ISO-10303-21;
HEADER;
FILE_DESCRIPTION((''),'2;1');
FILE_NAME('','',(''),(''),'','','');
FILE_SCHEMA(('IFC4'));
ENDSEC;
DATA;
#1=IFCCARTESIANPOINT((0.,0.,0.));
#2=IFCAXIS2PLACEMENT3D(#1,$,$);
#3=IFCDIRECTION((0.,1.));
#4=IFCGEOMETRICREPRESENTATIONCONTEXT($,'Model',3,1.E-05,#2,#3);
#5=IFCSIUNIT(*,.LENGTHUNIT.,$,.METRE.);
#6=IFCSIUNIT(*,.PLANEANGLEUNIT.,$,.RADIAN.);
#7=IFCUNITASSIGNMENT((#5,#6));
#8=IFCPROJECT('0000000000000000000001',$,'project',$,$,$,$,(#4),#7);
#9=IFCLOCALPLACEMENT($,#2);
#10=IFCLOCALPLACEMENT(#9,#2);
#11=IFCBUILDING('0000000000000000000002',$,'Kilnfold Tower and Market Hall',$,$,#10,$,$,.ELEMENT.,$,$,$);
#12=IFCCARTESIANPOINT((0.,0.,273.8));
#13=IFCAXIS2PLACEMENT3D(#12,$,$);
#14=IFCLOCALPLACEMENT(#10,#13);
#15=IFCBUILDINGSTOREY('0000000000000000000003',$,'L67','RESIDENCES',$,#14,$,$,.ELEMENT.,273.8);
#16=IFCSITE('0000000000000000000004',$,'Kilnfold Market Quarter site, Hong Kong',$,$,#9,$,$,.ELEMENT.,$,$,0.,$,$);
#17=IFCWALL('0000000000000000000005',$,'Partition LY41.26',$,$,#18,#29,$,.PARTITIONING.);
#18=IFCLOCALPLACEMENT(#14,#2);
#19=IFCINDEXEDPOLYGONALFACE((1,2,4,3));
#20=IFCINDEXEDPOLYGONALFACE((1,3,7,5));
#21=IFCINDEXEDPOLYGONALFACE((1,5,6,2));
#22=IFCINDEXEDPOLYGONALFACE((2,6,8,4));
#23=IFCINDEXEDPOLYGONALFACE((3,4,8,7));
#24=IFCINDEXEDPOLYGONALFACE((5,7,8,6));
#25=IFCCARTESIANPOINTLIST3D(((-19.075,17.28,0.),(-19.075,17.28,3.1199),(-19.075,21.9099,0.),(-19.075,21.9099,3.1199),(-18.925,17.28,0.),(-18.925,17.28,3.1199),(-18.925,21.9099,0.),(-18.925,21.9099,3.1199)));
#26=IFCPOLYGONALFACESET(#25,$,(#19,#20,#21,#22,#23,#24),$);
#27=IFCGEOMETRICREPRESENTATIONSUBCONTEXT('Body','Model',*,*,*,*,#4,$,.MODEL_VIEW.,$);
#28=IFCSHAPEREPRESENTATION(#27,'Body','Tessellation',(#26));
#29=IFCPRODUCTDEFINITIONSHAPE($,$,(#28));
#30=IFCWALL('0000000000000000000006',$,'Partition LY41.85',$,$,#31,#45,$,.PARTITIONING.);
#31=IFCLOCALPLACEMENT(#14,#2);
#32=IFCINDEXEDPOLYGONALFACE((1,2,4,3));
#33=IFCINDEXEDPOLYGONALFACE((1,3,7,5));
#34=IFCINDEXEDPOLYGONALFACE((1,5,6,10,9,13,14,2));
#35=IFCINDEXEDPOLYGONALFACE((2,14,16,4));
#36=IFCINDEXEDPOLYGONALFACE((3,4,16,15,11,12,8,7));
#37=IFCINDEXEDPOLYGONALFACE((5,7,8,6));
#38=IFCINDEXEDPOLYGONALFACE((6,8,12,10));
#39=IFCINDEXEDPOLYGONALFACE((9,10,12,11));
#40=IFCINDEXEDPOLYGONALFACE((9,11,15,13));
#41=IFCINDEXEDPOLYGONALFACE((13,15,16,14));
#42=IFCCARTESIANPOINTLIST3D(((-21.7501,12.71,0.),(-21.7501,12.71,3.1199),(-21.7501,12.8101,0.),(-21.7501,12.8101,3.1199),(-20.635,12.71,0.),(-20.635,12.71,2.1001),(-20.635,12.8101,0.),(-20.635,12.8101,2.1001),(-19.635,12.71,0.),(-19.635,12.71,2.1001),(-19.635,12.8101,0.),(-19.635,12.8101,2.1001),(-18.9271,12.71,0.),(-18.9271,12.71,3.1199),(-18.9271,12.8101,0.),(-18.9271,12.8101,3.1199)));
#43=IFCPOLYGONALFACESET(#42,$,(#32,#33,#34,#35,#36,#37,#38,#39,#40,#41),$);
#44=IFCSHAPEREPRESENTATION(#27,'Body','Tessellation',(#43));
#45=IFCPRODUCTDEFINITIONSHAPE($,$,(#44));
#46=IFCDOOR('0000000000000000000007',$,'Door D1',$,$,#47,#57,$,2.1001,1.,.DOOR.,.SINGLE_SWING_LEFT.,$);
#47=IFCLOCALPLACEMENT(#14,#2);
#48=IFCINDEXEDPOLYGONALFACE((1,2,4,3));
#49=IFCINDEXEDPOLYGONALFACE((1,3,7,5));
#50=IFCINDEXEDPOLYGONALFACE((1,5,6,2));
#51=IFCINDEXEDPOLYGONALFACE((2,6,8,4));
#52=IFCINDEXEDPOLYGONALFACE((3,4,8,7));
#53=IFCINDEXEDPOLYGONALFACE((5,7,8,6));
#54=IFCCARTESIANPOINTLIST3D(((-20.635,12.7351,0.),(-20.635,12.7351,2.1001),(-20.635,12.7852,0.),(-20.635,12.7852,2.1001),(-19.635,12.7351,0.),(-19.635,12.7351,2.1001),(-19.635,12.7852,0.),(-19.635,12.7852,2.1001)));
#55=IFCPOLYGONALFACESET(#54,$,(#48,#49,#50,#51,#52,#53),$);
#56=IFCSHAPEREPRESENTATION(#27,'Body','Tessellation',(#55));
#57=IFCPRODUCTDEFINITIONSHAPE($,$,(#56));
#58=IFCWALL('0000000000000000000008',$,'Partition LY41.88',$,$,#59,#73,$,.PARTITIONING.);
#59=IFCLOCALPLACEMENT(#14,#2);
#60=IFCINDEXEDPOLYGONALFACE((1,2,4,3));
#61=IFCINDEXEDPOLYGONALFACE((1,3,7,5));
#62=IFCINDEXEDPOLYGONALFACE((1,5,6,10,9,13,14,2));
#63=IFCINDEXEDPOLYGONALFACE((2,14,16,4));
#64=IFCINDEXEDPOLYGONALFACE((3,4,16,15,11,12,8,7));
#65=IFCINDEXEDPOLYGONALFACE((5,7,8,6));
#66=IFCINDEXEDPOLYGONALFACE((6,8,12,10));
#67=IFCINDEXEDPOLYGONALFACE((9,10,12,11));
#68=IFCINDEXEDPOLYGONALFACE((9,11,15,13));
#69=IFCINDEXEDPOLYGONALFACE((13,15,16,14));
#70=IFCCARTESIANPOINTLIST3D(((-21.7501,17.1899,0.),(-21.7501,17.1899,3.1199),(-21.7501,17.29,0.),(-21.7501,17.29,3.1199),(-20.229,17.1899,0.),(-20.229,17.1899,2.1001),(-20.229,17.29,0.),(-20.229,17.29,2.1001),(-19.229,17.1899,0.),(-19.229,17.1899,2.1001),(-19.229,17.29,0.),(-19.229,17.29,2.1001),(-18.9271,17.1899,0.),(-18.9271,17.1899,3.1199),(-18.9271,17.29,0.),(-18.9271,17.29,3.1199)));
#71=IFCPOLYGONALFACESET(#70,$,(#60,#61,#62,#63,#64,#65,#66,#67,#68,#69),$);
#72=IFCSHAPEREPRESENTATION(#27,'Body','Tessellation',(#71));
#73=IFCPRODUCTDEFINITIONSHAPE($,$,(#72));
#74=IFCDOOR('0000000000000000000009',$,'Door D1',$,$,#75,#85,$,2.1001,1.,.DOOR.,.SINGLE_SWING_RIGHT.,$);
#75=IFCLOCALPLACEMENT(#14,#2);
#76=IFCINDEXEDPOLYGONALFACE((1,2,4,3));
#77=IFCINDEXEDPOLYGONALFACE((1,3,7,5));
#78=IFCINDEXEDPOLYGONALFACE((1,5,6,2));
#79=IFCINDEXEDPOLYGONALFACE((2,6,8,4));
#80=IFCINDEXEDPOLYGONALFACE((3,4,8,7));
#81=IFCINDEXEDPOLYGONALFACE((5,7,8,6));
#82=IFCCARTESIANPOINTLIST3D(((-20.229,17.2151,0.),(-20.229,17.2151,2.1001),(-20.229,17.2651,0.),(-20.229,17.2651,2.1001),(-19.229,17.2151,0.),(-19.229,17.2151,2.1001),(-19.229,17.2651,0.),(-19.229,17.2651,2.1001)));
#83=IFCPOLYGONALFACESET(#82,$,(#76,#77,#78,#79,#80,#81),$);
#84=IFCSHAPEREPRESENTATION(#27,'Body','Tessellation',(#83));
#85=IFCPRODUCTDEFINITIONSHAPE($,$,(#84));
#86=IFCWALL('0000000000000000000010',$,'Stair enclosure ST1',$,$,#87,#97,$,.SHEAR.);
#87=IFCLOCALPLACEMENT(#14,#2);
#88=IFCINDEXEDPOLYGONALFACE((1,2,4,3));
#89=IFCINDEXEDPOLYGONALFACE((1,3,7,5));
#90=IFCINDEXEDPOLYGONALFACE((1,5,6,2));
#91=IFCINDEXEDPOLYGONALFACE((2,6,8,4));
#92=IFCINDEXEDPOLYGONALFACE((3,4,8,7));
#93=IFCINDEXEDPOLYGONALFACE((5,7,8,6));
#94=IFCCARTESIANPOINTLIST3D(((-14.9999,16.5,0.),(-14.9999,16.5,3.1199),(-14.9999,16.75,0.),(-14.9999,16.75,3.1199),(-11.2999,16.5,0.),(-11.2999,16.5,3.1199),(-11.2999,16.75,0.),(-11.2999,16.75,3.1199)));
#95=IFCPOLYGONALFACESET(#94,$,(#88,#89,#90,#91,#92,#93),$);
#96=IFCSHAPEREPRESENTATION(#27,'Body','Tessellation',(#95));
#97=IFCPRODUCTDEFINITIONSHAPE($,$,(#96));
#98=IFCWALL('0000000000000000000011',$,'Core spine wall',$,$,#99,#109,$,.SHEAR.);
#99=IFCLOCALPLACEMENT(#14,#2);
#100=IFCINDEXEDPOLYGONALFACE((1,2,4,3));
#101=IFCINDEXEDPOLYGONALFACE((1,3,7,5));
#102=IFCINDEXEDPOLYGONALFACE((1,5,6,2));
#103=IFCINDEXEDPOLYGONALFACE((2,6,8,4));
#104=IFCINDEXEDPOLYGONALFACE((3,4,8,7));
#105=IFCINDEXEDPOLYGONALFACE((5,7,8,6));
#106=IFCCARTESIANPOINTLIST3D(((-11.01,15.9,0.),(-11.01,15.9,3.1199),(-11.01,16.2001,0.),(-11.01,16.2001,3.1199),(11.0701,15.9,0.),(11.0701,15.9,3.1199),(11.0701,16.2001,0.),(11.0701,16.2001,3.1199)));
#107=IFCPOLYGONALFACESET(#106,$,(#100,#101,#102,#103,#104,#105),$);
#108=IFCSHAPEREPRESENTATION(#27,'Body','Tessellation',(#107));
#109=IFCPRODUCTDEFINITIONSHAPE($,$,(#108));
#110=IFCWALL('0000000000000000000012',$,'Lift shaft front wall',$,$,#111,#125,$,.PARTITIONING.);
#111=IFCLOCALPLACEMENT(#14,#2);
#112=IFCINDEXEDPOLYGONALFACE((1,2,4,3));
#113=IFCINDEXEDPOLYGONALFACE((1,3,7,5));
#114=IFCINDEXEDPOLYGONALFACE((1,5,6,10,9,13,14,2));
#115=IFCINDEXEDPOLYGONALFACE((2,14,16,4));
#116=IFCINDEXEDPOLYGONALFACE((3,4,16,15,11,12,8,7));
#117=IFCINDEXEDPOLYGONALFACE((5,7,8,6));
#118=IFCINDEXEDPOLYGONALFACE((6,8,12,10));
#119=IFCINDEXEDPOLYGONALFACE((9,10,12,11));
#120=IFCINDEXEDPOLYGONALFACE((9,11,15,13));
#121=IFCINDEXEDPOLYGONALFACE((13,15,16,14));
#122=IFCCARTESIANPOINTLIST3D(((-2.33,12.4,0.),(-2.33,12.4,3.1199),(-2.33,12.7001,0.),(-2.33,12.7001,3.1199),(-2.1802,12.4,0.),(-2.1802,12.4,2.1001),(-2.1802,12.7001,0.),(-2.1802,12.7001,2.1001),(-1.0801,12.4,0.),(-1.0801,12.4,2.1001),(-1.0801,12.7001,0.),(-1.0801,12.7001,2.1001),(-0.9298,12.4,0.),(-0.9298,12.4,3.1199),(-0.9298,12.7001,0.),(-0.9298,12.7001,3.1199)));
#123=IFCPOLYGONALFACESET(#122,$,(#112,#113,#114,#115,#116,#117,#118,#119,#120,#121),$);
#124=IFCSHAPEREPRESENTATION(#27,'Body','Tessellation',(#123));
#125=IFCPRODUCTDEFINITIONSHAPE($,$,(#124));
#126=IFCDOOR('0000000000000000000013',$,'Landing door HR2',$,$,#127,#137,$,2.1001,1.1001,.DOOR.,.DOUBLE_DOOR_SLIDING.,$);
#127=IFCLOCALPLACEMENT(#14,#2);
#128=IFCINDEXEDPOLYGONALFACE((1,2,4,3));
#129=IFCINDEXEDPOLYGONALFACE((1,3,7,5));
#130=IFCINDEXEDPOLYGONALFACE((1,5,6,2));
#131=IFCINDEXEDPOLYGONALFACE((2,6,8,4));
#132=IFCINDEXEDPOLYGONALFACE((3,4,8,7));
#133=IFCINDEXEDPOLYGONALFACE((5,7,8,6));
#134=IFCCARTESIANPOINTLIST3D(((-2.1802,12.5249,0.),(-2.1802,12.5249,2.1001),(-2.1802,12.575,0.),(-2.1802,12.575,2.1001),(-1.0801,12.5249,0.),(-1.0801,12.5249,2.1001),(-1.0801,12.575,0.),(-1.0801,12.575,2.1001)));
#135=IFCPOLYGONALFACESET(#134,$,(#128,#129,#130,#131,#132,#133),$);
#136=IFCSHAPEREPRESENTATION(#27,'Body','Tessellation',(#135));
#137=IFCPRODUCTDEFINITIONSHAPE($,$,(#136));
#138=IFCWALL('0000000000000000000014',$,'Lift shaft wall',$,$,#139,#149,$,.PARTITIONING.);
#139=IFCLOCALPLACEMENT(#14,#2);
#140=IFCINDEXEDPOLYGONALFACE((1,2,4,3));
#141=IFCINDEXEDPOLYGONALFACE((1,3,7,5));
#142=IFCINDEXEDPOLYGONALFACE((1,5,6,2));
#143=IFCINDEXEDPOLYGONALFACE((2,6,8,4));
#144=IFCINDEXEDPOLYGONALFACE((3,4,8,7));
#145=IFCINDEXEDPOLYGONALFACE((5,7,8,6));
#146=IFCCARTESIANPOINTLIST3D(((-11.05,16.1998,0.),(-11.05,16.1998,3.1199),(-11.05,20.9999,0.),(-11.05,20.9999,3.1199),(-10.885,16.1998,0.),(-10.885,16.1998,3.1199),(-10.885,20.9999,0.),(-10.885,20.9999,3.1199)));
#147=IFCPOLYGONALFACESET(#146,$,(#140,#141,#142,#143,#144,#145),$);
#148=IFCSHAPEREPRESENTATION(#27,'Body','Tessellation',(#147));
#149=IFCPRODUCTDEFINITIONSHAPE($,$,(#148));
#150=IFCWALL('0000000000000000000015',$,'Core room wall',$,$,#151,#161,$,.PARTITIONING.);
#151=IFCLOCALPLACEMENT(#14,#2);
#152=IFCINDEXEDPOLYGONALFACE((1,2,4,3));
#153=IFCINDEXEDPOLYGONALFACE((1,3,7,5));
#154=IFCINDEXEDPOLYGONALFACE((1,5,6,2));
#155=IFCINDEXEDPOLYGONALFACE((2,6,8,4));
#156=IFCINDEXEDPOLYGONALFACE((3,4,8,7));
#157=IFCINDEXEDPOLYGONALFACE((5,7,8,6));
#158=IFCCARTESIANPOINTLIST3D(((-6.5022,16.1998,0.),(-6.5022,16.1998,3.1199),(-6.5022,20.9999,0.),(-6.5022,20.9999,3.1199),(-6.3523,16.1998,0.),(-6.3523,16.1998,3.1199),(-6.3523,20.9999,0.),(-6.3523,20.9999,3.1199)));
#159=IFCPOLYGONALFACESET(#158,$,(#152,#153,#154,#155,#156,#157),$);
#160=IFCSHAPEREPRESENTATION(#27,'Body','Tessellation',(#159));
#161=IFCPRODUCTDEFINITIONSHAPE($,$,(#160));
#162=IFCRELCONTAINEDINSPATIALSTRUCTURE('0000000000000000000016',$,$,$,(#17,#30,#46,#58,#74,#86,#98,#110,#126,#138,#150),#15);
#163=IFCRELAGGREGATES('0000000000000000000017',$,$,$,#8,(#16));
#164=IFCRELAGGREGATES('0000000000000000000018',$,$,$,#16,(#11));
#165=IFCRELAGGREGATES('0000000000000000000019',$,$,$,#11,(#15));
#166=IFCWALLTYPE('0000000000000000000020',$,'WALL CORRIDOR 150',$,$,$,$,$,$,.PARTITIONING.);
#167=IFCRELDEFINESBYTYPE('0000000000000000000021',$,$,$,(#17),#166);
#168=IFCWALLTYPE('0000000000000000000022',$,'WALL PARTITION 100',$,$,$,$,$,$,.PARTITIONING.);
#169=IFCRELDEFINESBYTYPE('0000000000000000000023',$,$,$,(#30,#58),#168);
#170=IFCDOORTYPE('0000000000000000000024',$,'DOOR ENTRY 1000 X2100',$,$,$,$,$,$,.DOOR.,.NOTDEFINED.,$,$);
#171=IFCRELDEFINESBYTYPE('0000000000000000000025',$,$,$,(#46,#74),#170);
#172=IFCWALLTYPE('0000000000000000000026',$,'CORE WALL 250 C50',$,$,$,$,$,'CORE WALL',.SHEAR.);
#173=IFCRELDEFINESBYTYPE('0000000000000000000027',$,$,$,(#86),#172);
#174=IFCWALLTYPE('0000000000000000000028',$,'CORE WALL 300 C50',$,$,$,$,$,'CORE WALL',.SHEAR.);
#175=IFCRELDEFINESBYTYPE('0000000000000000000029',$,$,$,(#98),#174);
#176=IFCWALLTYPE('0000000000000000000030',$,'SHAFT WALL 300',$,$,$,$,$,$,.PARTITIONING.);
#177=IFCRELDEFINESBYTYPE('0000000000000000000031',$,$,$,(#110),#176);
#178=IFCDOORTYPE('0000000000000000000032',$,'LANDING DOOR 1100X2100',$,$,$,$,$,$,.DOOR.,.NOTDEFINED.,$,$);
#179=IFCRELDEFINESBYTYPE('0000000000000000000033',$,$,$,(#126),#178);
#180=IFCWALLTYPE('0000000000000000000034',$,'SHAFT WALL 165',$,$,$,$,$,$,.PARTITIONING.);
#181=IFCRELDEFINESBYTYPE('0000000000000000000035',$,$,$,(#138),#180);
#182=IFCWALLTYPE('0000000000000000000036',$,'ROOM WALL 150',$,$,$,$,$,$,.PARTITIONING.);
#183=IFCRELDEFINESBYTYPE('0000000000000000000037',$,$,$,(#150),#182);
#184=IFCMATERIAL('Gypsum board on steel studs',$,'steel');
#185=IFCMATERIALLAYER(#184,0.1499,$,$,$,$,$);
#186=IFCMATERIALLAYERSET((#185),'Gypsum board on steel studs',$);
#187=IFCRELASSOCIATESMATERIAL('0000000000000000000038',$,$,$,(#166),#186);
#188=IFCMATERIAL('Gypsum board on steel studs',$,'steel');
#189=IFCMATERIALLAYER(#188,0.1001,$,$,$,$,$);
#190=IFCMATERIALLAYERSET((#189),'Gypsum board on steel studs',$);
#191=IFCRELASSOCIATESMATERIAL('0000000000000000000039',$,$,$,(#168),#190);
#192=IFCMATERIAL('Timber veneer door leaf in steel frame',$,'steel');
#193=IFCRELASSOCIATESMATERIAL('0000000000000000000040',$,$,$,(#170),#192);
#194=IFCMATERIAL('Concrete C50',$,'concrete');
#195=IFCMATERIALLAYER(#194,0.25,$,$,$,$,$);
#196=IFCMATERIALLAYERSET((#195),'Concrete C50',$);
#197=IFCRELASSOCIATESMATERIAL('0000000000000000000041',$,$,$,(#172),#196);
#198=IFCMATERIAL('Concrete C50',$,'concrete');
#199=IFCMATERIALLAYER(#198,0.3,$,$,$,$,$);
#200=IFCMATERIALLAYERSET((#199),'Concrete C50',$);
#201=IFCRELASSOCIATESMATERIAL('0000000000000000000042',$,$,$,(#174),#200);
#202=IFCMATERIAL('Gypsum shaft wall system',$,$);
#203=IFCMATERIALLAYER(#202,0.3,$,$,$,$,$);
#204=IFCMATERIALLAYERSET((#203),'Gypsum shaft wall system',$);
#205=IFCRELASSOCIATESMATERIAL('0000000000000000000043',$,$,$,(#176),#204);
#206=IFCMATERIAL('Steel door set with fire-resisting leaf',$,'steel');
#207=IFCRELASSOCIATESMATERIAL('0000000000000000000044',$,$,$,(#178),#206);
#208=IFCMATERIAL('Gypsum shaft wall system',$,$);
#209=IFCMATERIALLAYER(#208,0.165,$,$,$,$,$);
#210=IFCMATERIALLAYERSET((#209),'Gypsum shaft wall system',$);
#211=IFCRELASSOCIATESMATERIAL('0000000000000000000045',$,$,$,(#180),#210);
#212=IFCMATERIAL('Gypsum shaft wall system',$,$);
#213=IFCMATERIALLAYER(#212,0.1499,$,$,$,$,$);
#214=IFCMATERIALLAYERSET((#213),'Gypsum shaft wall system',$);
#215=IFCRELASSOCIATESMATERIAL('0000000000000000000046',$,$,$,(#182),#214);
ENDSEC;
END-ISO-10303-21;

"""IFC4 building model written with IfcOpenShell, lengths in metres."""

from ifc_helpers import new_model, si_unit, direction, frame, frame_2d, origin, place, context, subcontext, project, spatial, rectangle, extrude, source, transform, mapped, material, layer, layer_set, type_object, element, fill, save


model = new_model("IFC4")

# Units and contexts
model_context = context("Model", 3, precision=1e-05, world=origin(), true_north=direction((0.0, 1.0)))
body_context = subcontext(model_context, "Body", "Model", "MODEL_VIEW")
ifc_project = project(units=[si_unit("LENGTHUNIT", "METRE"), si_unit("PLANEANGLEUNIT", "RADIAN")], contexts=[model_context])

# Site, building, storey
site_placement = place(None, origin())
site = spatial("IfcSite", under=ifc_project, at=site_placement, Name="Kilnfold Market Quarter site, Hong Kong", CompositionType="ELEMENT", RefElevation=0.0)
building_placement = place(site_placement, origin())
building = spatial("IfcBuilding", under=site, at=building_placement, Name="Kilnfold Tower and Market Hall", CompositionType="ELEMENT")
storey_placement = place(building_placement, frame((0.0, 0.0, 273.8)))
storey = spatial("IfcBuildingStorey", under=building, at=storey_placement, Name="L67", Description="RESIDENCES", CompositionType="ELEMENT", Elevation=273.8)

# Wall
ifc_material_1 = material(Name="Gypsum board on steel studs", Category="steel")
ifc_layer_1 = layer(ifc_material_1, 0.1499)
ifc_layer_set_1 = layer_set([ifc_layer_1], Name="Gypsum board on steel studs")
wall_type_1 = type_object("IfcWallType", Name="WALL CORRIDOR 150", PredefinedType="PARTITIONING", material=ifc_layer_set_1)
wall_1_placement = place(storey_placement, frame((-19.0, 17.28, 0.0), z_axis=(0.0, 0.0, 1.0), x_axis=(0.0, 1.0, 0.0)))
element("IfcWall", 1, at=wall_1_placement, inside=storey, type_object=wall_type_1, Name="Partition LY41.26", PredefinedType="PARTITIONING", context=body_context, shape_type="SweptSolid", body=[
    extrude(rectangle(XDim=4.6299, YDim=0.1499, at=frame_2d((2.3149, 0.0))), origin(), (0.0, 0.0, 1.0), 3.1199),
])

# Walls, openings, doors
ifc_material_2 = material(Name="Gypsum board on steel studs", Category="steel")
ifc_layer_2 = layer(ifc_material_2, 0.1001)
ifc_layer_set_2 = layer_set([ifc_layer_2], Name="Gypsum board on steel studs")
wall_type_2 = type_object("IfcWallType", Name="WALL PARTITION 100", PredefinedType="PARTITIONING", material=ifc_layer_set_2)
wall_2_placement = place(storey_placement, frame((-18.927, 12.76, 0.0), z_axis=(0.0, 0.0, 1.0), x_axis=(-1.0, 0.0, 0.0)))
wall_2 = element("IfcWall", 2, at=wall_2_placement, inside=storey, type_object=wall_type_2, Name="Partition LY41.85", PredefinedType="PARTITIONING", context=body_context, shape_type="SweptSolid", body=[
    extrude(rectangle(XDim=2.823, YDim=0.1001, at=frame_2d((1.4116, 0.0))), origin(), (0.0, 0.0, 1.0), 3.1199),
])
opening_1_placement = place(wall_2_placement, frame((0.708, 0.0, 0.0)))
opening_1 = element("IfcOpeningElement", 3, at=opening_1_placement, cuts=wall_2, PredefinedType="OPENING", context=body_context, shape_type="SweptSolid", body=[
    extrude(rectangle(XDim=1.0, YDim=2.1001, at=frame_2d((0.5, 1.05))), frame((0.0, 0.0601, 0.0), z_axis=(0.0, -1.0, 0.0), x_axis=(1.0, 0.0, 0.0)), (0.0, 0.0, 1.0), 0.1201),
])
ifc_material_3 = material(Name="Timber veneer door leaf in steel frame", Category="steel")
door_type_1 = type_object("IfcDoorType", Name="DOOR ENTRY 1000 X2100", OperationType="NOTDEFINED", PredefinedType="DOOR", material=ifc_material_3)
door_1_placement = place(opening_1_placement, origin())
door_1 = element("IfcDoor", 4, at=door_1_placement, inside=storey, type_object=door_type_1, Name="Door D1", OperationType="SINGLE_SWING_LEFT", OverallHeight=2.1001, OverallWidth=1.0, PredefinedType="DOOR", context=body_context, shape_type="SweptSolid", body=[
    extrude(rectangle(XDim=1.0, YDim=2.1001, at=frame_2d((0.5, 1.05))), frame((0.0, 0.0249, 0.0), z_axis=(0.0, -1.0, 0.0), x_axis=(1.0, 0.0, 0.0)), (0.0, 0.0, 1.0), 0.05),
])
fill(opening_1, door_1)
wall_3_placement = place(storey_placement, frame((-18.927, 17.24, 0.0), z_axis=(0.0, 0.0, 1.0), x_axis=(-1.0, 0.0, 0.0)))
wall_3 = element("IfcWall", 5, at=wall_3_placement, inside=storey, type_object=wall_type_2, Name="Partition LY41.88", PredefinedType="PARTITIONING", context=body_context, shape_type="SweptSolid", body=[
    extrude(rectangle(XDim=2.823, YDim=0.1001, at=frame_2d((1.4116, 0.0))), origin(), (0.0, 0.0, 1.0), 3.1199),
])
opening_2_placement = place(wall_3_placement, frame((0.302, 0.0, 0.0)))
opening_2 = element("IfcOpeningElement", 6, at=opening_2_placement, cuts=wall_3, PredefinedType="OPENING", context=body_context, shape_type="SweptSolid", body=[
    extrude(rectangle(XDim=1.0, YDim=2.1001, at=frame_2d((0.5, 1.05))), frame((0.0, 0.0601, 0.0), z_axis=(0.0, -1.0, 0.0), x_axis=(1.0, 0.0, 0.0)), (0.0, 0.0, 1.0), 0.1201),
])
door_2_placement = place(opening_2_placement, origin())
door_2 = element("IfcDoor", 7, at=door_2_placement, inside=storey, type_object=door_type_1, Name="Door D1", OperationType="SINGLE_SWING_RIGHT", OverallHeight=2.1001, OverallWidth=1.0, PredefinedType="DOOR", context=body_context, shape_type="SweptSolid", body=[
    extrude(rectangle(XDim=1.0, YDim=2.1001, at=frame_2d((0.5, 1.05))), frame((0.0, 0.0249, 0.0), z_axis=(0.0, -1.0, 0.0), x_axis=(1.0, 0.0, 0.0)), (0.0, 0.0, 1.0), 0.05),
])
fill(opening_2, door_2)

# Walls
ifc_material_4 = material(Name="Concrete C50", Category="concrete")
ifc_layer_3 = layer(ifc_material_4, 0.25)
ifc_layer_set_3 = layer_set([ifc_layer_3], Name="Concrete C50")
wall_type_3 = type_object("IfcWallType", Name="CORE WALL 250 C50", ElementType="CORE WALL", PredefinedType="SHEAR", material=ifc_layer_set_3)
shared_shape_1 = source(origin(), body_context, "Body", "SweptSolid", [
    extrude(rectangle(XDim=3.7, YDim=0.25, at=frame_2d((1.8501, 0.0))), origin(), (0.0, 0.0, 1.0), 3.1199),
])
wall_4_placement = place(storey_placement, frame((-15.0, 16.625, 0.0), z_axis=(0.0, 0.0, 1.0), x_axis=(1.0, 0.0, 0.0)))
element("IfcWall", 8, at=wall_4_placement, inside=storey, type_object=wall_type_3, Name="Stair enclosure ST1", PredefinedType="SHEAR", context=body_context, shape_type="MappedRepresentation", body=[
    mapped(shared_shape_1, transform((0.0, 0.0, 0.0))),
])
ifc_material_5 = material(Name="Concrete C50", Category="concrete")
ifc_layer_4 = layer(ifc_material_5, 0.3)
ifc_layer_set_4 = layer_set([ifc_layer_4], Name="Concrete C50")
wall_type_4 = type_object("IfcWallType", Name="CORE WALL 300 C50", ElementType="CORE WALL", PredefinedType="SHEAR", material=ifc_layer_set_4)
shared_shape_2 = source(origin(), body_context, "Body", "SweptSolid", [
    extrude(rectangle(XDim=22.0801, YDim=0.3, at=frame_2d((11.04, 0.0))), origin(), (0.0, 0.0, 1.0), 3.1199),
])
wall_5_placement = place(storey_placement, frame((-11.01, 16.05, 0.0), z_axis=(0.0, 0.0, 1.0), x_axis=(1.0, 0.0, 0.0)))
element("IfcWall", 9, at=wall_5_placement, inside=storey, type_object=wall_type_4, Name="Core spine wall", PredefinedType="SHEAR", context=body_context, shape_type="MappedRepresentation", body=[
    mapped(shared_shape_2, transform((0.0, 0.0, 0.0))),
])

# Wall, opening, door
ifc_material_6 = material(Name="Gypsum shaft wall system")
ifc_layer_5 = layer(ifc_material_6, 0.3)
ifc_layer_set_5 = layer_set([ifc_layer_5], Name="Gypsum shaft wall system")
wall_type_5 = type_object("IfcWallType", Name="SHAFT WALL 300", PredefinedType="PARTITIONING", material=ifc_layer_set_5)
shared_shape_3 = source(origin(), body_context, "Body", "SweptSolid", [
    extrude(rectangle(XDim=1.4001, YDim=0.3, at=frame_2d((0.7002, 0.0))), origin(), (0.0, 0.0, 1.0), 3.1199),
])
wall_6_placement = place(storey_placement, frame((-2.3301, 12.55, 0.0), z_axis=(0.0, 0.0, 1.0), x_axis=(1.0, 0.0, 0.0)))
wall_6 = element("IfcWall", 10, at=wall_6_placement, inside=storey, type_object=wall_type_5, Name="Lift shaft front wall", PredefinedType="PARTITIONING", context=body_context, shape_type="MappedRepresentation", body=[
    mapped(shared_shape_3, transform((0.0, 0.0, 0.0))),
])
opening_3_placement = place(wall_6_placement, frame((0.1499, 0.0, 0.0)))
opening_3 = element("IfcOpeningElement", 11, at=opening_3_placement, cuts=wall_6, PredefinedType="OPENING", context=body_context, shape_type="SweptSolid", body=[
    extrude(rectangle(XDim=1.1001, YDim=2.1001, at=frame_2d((0.55, 1.05))), frame((0.0, 0.1602, 0.0), z_axis=(0.0, -1.0, 0.0), x_axis=(1.0, 0.0, 0.0)), (0.0, 0.0, 1.0), 0.3201),
])
ifc_material_7 = material(Name="Steel door set with fire-resisting leaf", Category="steel")
door_type_2 = type_object("IfcDoorType", Name="LANDING DOOR 1100X2100", OperationType="NOTDEFINED", PredefinedType="DOOR", material=ifc_material_7)
door_3_placement = place(opening_3_placement, origin())
door_3 = element("IfcDoor", 12, at=door_3_placement, inside=storey, type_object=door_type_2, Name="Landing door HR2", OperationType="DOUBLE_DOOR_SLIDING", OverallHeight=2.1001, OverallWidth=1.1001, PredefinedType="DOOR", context=body_context, shape_type="SweptSolid", body=[
    extrude(rectangle(XDim=1.1001, YDim=2.1001, at=frame_2d((0.55, 1.05))), frame((0.0, 0.0249, 0.0), z_axis=(0.0, -1.0, 0.0), x_axis=(1.0, 0.0, 0.0)), (0.0, 0.0, 1.0), 0.05),
])
fill(opening_3, door_3)

# Walls
ifc_material_8 = material(Name="Gypsum shaft wall system")
ifc_layer_6 = layer(ifc_material_8, 0.165)
ifc_layer_set_6 = layer_set([ifc_layer_6], Name="Gypsum shaft wall system")
wall_type_6 = type_object("IfcWallType", Name="SHAFT WALL 165", PredefinedType="PARTITIONING", material=ifc_layer_set_6)
shared_shape_4 = source(origin(), body_context, "Body", "SweptSolid", [
    extrude(rectangle(XDim=4.8, YDim=0.165, at=frame_2d((2.3999, 0.0))), origin(), (0.0, 0.0, 1.0), 3.1199),
])
wall_7_placement = place(storey_placement, frame((-10.9675, 16.2, 0.0), z_axis=(0.0, 0.0, 1.0), x_axis=(0.0, 1.0, 0.0)))
element("IfcWall", 13, at=wall_7_placement, inside=storey, type_object=wall_type_6, Name="Lift shaft wall", PredefinedType="PARTITIONING", context=body_context, shape_type="MappedRepresentation", body=[
    mapped(shared_shape_4, transform((0.0, 0.0, 0.0))),
])
ifc_material_9 = material(Name="Gypsum shaft wall system")
ifc_layer_7 = layer(ifc_material_9, 0.1499)
ifc_layer_set_7 = layer_set([ifc_layer_7], Name="Gypsum shaft wall system")
wall_type_7 = type_object("IfcWallType", Name="ROOM WALL 150", PredefinedType="PARTITIONING", material=ifc_layer_set_7)
shared_shape_5 = source(origin(), body_context, "Body", "SweptSolid", [
    extrude(rectangle(XDim=4.8, YDim=0.1499, at=frame_2d((2.3999, 0.0))), origin(), (0.0, 0.0, 1.0), 3.1199),
])
wall_8_placement = place(storey_placement, frame((-6.4272, 16.2, 0.0), z_axis=(0.0, 0.0, 1.0), x_axis=(0.0, 1.0, 0.0)))
element("IfcWall", 14, at=wall_8_placement, inside=storey, type_object=wall_type_7, Name="Core room wall", PredefinedType="PARTITIONING", context=body_context, shape_type="MappedRepresentation", body=[
    mapped(shared_shape_5, transform((0.0, 0.0, 0.0))),
])

save(model, "model.ifc")
